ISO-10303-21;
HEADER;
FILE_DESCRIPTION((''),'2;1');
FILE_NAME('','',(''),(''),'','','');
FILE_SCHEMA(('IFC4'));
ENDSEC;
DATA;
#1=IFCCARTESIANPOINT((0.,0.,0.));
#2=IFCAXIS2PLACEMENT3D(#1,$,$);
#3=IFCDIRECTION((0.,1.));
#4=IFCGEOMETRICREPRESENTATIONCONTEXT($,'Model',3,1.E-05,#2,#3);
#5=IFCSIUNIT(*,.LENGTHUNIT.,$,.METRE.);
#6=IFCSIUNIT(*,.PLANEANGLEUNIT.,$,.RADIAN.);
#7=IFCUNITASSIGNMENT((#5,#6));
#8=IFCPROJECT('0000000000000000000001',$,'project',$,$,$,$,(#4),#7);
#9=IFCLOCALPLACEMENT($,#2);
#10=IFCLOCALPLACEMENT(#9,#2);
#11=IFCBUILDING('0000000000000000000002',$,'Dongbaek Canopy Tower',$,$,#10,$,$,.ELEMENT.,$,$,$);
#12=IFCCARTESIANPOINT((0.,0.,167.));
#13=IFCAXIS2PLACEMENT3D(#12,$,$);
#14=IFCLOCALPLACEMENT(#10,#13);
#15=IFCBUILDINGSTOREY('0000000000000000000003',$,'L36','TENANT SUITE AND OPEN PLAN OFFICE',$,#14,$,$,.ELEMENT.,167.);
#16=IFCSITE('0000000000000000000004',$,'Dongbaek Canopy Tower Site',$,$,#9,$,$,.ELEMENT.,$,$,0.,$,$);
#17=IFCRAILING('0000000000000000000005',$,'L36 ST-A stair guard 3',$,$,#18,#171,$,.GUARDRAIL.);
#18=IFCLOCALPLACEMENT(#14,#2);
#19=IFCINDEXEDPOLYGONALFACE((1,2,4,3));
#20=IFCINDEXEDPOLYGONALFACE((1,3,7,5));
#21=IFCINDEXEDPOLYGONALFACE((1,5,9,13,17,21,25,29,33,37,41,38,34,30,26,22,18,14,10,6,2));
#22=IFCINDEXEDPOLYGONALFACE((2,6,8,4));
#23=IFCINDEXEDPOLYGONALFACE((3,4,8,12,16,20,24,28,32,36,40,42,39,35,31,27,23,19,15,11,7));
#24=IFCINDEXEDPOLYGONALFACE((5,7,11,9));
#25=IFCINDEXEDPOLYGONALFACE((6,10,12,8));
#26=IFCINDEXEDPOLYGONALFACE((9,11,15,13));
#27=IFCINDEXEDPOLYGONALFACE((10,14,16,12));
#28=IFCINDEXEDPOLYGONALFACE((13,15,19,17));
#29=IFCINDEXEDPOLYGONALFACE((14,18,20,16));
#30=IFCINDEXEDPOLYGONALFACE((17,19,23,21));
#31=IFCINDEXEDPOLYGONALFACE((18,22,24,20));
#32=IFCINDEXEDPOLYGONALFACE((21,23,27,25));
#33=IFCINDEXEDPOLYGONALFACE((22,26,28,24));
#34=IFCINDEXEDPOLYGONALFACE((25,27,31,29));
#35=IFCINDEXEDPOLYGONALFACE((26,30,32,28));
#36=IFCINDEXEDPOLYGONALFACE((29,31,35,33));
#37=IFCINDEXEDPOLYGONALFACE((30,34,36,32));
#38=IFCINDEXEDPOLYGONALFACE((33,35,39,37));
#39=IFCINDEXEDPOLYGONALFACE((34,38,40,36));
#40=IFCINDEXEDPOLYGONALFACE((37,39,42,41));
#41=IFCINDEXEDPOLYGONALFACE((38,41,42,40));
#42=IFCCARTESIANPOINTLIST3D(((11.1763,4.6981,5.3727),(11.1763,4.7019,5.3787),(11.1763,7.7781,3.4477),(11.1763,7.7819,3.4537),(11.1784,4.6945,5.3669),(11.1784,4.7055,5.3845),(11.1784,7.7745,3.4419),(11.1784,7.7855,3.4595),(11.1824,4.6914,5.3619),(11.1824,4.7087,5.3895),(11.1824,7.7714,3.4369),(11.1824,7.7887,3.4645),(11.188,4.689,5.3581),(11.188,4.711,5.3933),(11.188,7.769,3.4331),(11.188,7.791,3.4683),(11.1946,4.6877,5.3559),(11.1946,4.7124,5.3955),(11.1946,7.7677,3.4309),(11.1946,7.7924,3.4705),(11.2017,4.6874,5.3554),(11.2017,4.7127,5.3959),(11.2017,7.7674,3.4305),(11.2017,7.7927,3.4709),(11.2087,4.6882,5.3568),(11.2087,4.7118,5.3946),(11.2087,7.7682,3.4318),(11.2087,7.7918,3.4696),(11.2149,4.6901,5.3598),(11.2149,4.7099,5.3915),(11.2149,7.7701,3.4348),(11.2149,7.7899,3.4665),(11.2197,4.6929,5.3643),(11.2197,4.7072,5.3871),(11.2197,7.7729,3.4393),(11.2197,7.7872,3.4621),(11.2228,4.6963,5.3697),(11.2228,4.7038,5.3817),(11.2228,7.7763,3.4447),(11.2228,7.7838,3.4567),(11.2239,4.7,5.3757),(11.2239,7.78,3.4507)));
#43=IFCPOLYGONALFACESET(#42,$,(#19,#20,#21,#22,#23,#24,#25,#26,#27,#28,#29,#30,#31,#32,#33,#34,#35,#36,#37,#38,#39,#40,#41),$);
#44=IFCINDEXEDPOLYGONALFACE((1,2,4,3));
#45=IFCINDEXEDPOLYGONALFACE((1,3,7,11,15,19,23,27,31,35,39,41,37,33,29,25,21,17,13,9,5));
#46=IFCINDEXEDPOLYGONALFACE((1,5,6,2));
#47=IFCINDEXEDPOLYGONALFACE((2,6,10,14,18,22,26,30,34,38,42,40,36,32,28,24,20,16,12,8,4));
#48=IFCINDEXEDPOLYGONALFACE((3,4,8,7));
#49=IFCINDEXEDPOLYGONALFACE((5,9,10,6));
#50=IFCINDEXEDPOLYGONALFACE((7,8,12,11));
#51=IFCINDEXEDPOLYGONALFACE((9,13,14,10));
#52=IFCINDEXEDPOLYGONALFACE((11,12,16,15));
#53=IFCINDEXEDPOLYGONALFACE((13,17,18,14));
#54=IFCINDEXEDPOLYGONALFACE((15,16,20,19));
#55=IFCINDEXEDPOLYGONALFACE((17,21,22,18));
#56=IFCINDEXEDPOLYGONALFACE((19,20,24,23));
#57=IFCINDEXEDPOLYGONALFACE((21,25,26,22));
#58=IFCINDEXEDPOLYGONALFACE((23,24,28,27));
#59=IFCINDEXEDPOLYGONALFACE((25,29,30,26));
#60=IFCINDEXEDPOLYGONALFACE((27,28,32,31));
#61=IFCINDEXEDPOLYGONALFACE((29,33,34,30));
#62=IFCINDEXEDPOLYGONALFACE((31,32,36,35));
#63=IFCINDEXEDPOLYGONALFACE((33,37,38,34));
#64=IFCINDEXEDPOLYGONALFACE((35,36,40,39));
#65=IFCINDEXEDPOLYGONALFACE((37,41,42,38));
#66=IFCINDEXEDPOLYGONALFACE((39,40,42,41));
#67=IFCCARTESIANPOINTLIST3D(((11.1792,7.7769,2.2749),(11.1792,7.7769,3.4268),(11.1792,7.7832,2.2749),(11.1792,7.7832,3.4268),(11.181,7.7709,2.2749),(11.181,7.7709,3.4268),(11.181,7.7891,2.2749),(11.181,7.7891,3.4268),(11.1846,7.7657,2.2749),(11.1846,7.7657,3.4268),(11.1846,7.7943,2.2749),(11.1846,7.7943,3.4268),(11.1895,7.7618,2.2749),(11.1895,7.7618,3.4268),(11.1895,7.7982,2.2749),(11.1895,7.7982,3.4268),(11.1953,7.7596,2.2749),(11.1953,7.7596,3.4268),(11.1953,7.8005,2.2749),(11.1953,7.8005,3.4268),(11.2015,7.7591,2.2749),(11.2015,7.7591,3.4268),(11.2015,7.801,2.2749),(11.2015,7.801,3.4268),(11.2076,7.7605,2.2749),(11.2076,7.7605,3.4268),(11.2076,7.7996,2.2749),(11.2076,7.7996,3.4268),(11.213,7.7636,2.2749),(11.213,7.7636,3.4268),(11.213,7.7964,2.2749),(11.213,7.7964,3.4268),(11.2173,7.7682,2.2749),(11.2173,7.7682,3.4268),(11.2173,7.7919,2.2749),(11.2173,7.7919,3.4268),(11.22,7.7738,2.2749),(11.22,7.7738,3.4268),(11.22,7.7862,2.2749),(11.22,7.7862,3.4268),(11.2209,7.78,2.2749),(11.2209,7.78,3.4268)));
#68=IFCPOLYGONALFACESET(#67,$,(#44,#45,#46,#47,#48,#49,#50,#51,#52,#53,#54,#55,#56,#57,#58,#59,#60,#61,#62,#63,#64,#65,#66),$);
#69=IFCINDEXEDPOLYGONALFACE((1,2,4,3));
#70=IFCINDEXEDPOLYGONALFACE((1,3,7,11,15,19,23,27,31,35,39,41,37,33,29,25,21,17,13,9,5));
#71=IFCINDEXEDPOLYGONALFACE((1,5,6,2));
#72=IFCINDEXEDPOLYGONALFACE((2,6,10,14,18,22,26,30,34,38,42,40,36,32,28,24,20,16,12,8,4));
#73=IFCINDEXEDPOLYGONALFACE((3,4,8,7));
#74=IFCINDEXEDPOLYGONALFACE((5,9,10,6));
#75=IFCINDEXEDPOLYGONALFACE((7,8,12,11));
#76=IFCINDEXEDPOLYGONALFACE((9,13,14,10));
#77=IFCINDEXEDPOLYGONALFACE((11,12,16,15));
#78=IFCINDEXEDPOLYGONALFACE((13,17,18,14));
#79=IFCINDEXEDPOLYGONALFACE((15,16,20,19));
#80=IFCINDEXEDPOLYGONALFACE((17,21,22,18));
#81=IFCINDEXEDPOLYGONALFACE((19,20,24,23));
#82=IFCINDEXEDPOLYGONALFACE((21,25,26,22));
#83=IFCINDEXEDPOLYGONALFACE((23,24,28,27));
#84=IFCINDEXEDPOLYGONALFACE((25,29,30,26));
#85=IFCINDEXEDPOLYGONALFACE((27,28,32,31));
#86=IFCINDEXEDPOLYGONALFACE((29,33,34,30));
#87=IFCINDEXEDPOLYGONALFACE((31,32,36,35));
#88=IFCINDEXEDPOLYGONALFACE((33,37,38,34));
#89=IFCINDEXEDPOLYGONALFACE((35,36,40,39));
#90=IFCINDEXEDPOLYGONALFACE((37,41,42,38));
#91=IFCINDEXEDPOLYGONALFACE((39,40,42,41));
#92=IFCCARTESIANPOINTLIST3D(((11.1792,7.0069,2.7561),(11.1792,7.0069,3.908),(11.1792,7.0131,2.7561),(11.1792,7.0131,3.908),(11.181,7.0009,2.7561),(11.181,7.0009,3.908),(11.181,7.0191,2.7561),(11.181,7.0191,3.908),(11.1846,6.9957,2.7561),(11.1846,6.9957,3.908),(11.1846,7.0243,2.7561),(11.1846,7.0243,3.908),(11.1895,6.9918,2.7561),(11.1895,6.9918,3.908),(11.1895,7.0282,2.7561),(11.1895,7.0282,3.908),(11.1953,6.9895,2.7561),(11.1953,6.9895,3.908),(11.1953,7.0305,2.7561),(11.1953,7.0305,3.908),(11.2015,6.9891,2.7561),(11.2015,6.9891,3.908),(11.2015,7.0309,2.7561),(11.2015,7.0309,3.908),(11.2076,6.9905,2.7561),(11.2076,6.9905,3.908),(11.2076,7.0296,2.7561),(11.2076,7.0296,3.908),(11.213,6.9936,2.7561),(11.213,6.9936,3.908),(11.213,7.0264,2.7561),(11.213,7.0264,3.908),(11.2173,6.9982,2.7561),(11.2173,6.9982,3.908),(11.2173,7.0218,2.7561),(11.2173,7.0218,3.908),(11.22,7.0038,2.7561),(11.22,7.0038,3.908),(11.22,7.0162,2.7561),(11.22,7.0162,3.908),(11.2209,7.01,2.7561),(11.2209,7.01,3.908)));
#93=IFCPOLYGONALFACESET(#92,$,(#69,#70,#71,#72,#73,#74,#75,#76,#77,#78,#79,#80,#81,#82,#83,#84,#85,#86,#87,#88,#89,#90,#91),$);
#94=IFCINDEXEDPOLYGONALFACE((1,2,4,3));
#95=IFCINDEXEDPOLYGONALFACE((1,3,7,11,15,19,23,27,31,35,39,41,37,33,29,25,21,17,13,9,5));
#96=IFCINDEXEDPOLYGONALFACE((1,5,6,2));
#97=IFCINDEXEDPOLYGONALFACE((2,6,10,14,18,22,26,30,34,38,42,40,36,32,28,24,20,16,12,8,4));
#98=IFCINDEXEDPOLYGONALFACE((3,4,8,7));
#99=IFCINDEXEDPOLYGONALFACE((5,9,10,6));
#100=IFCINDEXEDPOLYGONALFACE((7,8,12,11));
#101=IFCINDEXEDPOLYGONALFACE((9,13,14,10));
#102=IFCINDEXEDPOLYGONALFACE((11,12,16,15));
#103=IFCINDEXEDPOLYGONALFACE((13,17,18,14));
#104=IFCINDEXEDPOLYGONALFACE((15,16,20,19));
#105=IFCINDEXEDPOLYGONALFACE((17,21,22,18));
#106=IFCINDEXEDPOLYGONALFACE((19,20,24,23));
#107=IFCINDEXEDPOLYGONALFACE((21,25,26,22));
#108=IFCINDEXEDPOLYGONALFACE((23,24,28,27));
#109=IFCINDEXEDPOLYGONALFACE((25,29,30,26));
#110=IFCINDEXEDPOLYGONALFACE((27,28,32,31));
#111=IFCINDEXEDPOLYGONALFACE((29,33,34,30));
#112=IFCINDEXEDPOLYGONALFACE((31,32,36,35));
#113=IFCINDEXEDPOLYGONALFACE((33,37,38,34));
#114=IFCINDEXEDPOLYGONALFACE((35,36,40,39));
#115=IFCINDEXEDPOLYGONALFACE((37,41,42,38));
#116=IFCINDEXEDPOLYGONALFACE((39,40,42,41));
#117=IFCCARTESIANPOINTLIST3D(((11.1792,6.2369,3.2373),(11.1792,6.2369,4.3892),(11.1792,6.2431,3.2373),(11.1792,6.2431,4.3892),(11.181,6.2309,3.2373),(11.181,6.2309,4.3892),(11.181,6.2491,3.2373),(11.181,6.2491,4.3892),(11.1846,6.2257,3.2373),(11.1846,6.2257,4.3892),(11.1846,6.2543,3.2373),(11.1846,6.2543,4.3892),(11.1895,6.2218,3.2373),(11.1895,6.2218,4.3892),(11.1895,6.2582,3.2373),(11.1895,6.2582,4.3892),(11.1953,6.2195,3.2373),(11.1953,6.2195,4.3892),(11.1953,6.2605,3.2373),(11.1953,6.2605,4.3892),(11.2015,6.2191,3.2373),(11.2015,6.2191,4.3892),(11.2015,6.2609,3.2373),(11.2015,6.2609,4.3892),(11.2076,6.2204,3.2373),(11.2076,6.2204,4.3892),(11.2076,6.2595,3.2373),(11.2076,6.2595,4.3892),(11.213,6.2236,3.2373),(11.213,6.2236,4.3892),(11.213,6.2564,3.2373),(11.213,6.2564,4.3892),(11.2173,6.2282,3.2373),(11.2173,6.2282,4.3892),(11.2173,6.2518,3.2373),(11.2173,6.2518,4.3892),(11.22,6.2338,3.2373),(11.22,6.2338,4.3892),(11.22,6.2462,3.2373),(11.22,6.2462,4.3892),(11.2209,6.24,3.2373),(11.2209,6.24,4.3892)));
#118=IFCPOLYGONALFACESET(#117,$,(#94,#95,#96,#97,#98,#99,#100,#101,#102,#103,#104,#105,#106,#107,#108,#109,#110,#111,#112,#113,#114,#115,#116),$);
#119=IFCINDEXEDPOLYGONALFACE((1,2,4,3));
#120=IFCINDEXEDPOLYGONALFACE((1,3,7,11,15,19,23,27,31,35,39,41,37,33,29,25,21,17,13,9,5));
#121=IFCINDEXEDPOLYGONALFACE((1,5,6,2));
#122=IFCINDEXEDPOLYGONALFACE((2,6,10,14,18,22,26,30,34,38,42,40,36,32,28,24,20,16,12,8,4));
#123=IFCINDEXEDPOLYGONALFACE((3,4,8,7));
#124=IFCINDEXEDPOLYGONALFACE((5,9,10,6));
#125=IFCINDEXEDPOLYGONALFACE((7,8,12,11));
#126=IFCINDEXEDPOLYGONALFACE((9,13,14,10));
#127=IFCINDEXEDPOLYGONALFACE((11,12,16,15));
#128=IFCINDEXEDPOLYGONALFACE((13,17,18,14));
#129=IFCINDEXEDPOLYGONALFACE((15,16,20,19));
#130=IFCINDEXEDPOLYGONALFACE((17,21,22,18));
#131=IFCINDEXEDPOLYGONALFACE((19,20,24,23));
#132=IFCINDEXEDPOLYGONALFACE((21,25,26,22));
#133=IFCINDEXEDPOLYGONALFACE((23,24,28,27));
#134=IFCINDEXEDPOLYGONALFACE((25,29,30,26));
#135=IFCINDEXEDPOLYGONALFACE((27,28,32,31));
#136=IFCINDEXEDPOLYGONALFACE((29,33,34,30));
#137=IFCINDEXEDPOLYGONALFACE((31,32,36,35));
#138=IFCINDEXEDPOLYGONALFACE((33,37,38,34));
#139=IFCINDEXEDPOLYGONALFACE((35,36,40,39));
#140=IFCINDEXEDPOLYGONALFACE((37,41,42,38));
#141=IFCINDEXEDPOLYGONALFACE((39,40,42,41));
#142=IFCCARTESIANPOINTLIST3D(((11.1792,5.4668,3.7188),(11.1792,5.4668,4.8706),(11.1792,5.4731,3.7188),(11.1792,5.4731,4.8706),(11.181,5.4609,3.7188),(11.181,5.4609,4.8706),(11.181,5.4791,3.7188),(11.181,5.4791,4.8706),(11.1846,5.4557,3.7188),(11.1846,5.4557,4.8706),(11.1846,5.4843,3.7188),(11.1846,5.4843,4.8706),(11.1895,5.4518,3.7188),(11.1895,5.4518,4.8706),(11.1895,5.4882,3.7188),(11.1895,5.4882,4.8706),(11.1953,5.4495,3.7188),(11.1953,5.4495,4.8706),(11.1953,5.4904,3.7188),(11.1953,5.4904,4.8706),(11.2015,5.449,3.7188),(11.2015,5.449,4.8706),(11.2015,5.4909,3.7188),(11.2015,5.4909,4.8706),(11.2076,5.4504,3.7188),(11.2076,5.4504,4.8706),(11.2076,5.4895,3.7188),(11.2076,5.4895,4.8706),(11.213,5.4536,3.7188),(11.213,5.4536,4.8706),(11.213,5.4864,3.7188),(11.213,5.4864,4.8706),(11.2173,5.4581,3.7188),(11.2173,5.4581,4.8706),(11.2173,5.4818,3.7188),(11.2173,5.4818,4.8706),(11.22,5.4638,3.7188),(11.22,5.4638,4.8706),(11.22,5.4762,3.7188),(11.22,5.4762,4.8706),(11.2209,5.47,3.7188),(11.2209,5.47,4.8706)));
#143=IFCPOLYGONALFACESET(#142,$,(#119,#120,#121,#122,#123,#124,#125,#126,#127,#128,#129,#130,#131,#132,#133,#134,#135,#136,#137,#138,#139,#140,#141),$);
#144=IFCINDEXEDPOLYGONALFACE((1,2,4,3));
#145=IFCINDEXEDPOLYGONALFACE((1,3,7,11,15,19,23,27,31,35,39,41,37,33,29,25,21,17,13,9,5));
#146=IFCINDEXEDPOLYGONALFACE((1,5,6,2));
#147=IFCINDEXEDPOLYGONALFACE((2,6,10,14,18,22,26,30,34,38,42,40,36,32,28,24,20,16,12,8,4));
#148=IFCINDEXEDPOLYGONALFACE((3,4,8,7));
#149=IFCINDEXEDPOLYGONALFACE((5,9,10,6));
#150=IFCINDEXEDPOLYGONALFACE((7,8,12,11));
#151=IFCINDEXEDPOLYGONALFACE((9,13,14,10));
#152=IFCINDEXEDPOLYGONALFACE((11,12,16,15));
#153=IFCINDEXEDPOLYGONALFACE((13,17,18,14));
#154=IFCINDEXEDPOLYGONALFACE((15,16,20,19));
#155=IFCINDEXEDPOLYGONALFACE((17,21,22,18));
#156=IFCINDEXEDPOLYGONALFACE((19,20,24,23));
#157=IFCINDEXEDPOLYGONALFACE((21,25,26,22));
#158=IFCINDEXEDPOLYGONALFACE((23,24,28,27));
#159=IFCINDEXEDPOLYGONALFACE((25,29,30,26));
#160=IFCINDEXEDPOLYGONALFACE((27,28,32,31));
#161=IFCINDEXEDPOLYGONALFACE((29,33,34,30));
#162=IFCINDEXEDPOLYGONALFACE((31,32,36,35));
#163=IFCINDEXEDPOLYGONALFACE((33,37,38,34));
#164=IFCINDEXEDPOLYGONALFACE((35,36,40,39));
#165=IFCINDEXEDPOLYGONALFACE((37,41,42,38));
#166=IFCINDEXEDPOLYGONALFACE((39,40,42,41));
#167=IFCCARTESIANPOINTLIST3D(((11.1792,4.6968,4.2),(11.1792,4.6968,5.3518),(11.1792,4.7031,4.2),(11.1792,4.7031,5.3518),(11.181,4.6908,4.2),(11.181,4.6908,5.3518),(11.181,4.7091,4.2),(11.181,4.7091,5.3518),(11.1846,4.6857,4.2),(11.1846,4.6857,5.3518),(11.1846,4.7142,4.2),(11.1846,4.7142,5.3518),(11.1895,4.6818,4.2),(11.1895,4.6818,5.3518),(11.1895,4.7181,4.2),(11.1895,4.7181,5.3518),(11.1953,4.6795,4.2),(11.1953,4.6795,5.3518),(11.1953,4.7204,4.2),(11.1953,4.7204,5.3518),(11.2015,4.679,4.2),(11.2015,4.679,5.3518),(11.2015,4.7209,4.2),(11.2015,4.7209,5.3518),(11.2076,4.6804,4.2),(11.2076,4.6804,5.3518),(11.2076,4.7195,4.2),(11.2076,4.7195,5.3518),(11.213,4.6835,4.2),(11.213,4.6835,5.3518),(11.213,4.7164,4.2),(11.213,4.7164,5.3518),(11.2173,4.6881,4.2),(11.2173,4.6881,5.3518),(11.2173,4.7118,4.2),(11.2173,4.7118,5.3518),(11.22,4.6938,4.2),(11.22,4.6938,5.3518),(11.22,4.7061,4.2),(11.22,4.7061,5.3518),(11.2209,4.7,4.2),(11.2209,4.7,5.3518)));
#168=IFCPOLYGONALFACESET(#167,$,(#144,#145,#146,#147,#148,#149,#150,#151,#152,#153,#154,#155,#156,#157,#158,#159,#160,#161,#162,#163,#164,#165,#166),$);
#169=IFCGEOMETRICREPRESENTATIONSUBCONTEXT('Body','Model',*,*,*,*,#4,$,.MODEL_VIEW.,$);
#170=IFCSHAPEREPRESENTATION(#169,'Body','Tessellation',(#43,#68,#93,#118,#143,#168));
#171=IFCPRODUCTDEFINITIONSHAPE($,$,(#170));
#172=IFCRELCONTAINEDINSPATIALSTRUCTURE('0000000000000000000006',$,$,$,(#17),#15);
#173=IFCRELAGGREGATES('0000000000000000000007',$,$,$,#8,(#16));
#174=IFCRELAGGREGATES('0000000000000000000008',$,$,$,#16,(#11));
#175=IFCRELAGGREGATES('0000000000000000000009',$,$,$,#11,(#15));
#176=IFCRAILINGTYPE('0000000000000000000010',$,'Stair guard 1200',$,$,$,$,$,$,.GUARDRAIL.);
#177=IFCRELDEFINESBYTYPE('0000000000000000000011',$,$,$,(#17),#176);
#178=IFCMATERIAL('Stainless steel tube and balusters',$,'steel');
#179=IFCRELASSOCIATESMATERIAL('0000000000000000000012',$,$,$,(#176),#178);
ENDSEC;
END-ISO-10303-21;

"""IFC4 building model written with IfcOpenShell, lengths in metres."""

from ifc_helpers import new_model, si_unit, direction, frame, origin, origin_2d, place, context, subcontext, project, spatial, circle, extrude, material, type_object, element, save


model = new_model("IFC4")

# Units and contexts
model_context = context("Model", 3, precision=1e-05, world=origin(), true_north=direction((0.0, 1.0)))
body_context = subcontext(model_context, "Body", "Model", "MODEL_VIEW")
ifc_project = project(units=[si_unit("LENGTHUNIT", "METRE"), si_unit("PLANEANGLEUNIT", "RADIAN")], contexts=[model_context])

# Site, building, storey
site_placement = place(None, origin())
site = spatial("IfcSite", under=ifc_project, at=site_placement, Name="Dongbaek Canopy Tower Site", CompositionType="ELEMENT", RefElevation=0.0)
building_placement = place(site_placement, origin())
building = spatial("IfcBuilding", under=site, at=building_placement, Name="Dongbaek Canopy Tower", CompositionType="ELEMENT")
storey_placement = place(building_placement, frame((0.0, 0.0, 167.0)))
storey = spatial("IfcBuildingStorey", under=building, at=storey_placement, Name="L36", Description="TENANT SUITE AND OPEN PLAN OFFICE", CompositionType="ELEMENT", Elevation=167.0)

# Railing
ifc_material_1 = material(Name="Stainless steel tube and balusters", Category="steel")
railing_type = type_object("IfcRailingType", Name="Stair guard 1200", PredefinedType="GUARDRAIL", material=ifc_material_1)
railing_1_placement = place(storey_placement, frame((11.2, 7.78, 2.2749)))
element("IfcRailing", 1, at=railing_1_placement, inside=storey, type_object=railing_type, Name="L36 ST-A stair guard 3", PredefinedType="GUARDRAIL", context=body_context, shape_type="SweptSolid", body=[
    extrude(circle(Radius=0.0239, at=origin_2d()), frame((0.0, 0.0, 1.1758), z_axis=(0.0, -0.847998, 0.529999), x_axis=(1.0, 0.0, 0.0)), (0.0, 0.0, 1.0), 3.6321),
    extrude(circle(Radius=0.021, at=origin_2d()), origin(), (0.0, 0.0, 1.0), 1.1519),
    extrude(circle(Radius=0.021, at=origin_2d()), frame((0.0, -0.77, 0.4812)), (0.0, 0.0, 1.0), 1.1519),
    extrude(circle(Radius=0.021, at=origin_2d()), frame((0.0, -1.54, 0.9624)), (0.0, 0.0, 1.0), 1.1519),
    extrude(circle(Radius=0.021, at=origin_2d()), frame((0.0, -2.3101, 1.4438)), (0.0, 0.0, 1.0), 1.1519),
    extrude(circle(Radius=0.021, at=origin_2d()), frame((0.0, -3.0801, 1.925)), (0.0, 0.0, 1.0), 1.1519),
])

save(model, "model.ifc")
